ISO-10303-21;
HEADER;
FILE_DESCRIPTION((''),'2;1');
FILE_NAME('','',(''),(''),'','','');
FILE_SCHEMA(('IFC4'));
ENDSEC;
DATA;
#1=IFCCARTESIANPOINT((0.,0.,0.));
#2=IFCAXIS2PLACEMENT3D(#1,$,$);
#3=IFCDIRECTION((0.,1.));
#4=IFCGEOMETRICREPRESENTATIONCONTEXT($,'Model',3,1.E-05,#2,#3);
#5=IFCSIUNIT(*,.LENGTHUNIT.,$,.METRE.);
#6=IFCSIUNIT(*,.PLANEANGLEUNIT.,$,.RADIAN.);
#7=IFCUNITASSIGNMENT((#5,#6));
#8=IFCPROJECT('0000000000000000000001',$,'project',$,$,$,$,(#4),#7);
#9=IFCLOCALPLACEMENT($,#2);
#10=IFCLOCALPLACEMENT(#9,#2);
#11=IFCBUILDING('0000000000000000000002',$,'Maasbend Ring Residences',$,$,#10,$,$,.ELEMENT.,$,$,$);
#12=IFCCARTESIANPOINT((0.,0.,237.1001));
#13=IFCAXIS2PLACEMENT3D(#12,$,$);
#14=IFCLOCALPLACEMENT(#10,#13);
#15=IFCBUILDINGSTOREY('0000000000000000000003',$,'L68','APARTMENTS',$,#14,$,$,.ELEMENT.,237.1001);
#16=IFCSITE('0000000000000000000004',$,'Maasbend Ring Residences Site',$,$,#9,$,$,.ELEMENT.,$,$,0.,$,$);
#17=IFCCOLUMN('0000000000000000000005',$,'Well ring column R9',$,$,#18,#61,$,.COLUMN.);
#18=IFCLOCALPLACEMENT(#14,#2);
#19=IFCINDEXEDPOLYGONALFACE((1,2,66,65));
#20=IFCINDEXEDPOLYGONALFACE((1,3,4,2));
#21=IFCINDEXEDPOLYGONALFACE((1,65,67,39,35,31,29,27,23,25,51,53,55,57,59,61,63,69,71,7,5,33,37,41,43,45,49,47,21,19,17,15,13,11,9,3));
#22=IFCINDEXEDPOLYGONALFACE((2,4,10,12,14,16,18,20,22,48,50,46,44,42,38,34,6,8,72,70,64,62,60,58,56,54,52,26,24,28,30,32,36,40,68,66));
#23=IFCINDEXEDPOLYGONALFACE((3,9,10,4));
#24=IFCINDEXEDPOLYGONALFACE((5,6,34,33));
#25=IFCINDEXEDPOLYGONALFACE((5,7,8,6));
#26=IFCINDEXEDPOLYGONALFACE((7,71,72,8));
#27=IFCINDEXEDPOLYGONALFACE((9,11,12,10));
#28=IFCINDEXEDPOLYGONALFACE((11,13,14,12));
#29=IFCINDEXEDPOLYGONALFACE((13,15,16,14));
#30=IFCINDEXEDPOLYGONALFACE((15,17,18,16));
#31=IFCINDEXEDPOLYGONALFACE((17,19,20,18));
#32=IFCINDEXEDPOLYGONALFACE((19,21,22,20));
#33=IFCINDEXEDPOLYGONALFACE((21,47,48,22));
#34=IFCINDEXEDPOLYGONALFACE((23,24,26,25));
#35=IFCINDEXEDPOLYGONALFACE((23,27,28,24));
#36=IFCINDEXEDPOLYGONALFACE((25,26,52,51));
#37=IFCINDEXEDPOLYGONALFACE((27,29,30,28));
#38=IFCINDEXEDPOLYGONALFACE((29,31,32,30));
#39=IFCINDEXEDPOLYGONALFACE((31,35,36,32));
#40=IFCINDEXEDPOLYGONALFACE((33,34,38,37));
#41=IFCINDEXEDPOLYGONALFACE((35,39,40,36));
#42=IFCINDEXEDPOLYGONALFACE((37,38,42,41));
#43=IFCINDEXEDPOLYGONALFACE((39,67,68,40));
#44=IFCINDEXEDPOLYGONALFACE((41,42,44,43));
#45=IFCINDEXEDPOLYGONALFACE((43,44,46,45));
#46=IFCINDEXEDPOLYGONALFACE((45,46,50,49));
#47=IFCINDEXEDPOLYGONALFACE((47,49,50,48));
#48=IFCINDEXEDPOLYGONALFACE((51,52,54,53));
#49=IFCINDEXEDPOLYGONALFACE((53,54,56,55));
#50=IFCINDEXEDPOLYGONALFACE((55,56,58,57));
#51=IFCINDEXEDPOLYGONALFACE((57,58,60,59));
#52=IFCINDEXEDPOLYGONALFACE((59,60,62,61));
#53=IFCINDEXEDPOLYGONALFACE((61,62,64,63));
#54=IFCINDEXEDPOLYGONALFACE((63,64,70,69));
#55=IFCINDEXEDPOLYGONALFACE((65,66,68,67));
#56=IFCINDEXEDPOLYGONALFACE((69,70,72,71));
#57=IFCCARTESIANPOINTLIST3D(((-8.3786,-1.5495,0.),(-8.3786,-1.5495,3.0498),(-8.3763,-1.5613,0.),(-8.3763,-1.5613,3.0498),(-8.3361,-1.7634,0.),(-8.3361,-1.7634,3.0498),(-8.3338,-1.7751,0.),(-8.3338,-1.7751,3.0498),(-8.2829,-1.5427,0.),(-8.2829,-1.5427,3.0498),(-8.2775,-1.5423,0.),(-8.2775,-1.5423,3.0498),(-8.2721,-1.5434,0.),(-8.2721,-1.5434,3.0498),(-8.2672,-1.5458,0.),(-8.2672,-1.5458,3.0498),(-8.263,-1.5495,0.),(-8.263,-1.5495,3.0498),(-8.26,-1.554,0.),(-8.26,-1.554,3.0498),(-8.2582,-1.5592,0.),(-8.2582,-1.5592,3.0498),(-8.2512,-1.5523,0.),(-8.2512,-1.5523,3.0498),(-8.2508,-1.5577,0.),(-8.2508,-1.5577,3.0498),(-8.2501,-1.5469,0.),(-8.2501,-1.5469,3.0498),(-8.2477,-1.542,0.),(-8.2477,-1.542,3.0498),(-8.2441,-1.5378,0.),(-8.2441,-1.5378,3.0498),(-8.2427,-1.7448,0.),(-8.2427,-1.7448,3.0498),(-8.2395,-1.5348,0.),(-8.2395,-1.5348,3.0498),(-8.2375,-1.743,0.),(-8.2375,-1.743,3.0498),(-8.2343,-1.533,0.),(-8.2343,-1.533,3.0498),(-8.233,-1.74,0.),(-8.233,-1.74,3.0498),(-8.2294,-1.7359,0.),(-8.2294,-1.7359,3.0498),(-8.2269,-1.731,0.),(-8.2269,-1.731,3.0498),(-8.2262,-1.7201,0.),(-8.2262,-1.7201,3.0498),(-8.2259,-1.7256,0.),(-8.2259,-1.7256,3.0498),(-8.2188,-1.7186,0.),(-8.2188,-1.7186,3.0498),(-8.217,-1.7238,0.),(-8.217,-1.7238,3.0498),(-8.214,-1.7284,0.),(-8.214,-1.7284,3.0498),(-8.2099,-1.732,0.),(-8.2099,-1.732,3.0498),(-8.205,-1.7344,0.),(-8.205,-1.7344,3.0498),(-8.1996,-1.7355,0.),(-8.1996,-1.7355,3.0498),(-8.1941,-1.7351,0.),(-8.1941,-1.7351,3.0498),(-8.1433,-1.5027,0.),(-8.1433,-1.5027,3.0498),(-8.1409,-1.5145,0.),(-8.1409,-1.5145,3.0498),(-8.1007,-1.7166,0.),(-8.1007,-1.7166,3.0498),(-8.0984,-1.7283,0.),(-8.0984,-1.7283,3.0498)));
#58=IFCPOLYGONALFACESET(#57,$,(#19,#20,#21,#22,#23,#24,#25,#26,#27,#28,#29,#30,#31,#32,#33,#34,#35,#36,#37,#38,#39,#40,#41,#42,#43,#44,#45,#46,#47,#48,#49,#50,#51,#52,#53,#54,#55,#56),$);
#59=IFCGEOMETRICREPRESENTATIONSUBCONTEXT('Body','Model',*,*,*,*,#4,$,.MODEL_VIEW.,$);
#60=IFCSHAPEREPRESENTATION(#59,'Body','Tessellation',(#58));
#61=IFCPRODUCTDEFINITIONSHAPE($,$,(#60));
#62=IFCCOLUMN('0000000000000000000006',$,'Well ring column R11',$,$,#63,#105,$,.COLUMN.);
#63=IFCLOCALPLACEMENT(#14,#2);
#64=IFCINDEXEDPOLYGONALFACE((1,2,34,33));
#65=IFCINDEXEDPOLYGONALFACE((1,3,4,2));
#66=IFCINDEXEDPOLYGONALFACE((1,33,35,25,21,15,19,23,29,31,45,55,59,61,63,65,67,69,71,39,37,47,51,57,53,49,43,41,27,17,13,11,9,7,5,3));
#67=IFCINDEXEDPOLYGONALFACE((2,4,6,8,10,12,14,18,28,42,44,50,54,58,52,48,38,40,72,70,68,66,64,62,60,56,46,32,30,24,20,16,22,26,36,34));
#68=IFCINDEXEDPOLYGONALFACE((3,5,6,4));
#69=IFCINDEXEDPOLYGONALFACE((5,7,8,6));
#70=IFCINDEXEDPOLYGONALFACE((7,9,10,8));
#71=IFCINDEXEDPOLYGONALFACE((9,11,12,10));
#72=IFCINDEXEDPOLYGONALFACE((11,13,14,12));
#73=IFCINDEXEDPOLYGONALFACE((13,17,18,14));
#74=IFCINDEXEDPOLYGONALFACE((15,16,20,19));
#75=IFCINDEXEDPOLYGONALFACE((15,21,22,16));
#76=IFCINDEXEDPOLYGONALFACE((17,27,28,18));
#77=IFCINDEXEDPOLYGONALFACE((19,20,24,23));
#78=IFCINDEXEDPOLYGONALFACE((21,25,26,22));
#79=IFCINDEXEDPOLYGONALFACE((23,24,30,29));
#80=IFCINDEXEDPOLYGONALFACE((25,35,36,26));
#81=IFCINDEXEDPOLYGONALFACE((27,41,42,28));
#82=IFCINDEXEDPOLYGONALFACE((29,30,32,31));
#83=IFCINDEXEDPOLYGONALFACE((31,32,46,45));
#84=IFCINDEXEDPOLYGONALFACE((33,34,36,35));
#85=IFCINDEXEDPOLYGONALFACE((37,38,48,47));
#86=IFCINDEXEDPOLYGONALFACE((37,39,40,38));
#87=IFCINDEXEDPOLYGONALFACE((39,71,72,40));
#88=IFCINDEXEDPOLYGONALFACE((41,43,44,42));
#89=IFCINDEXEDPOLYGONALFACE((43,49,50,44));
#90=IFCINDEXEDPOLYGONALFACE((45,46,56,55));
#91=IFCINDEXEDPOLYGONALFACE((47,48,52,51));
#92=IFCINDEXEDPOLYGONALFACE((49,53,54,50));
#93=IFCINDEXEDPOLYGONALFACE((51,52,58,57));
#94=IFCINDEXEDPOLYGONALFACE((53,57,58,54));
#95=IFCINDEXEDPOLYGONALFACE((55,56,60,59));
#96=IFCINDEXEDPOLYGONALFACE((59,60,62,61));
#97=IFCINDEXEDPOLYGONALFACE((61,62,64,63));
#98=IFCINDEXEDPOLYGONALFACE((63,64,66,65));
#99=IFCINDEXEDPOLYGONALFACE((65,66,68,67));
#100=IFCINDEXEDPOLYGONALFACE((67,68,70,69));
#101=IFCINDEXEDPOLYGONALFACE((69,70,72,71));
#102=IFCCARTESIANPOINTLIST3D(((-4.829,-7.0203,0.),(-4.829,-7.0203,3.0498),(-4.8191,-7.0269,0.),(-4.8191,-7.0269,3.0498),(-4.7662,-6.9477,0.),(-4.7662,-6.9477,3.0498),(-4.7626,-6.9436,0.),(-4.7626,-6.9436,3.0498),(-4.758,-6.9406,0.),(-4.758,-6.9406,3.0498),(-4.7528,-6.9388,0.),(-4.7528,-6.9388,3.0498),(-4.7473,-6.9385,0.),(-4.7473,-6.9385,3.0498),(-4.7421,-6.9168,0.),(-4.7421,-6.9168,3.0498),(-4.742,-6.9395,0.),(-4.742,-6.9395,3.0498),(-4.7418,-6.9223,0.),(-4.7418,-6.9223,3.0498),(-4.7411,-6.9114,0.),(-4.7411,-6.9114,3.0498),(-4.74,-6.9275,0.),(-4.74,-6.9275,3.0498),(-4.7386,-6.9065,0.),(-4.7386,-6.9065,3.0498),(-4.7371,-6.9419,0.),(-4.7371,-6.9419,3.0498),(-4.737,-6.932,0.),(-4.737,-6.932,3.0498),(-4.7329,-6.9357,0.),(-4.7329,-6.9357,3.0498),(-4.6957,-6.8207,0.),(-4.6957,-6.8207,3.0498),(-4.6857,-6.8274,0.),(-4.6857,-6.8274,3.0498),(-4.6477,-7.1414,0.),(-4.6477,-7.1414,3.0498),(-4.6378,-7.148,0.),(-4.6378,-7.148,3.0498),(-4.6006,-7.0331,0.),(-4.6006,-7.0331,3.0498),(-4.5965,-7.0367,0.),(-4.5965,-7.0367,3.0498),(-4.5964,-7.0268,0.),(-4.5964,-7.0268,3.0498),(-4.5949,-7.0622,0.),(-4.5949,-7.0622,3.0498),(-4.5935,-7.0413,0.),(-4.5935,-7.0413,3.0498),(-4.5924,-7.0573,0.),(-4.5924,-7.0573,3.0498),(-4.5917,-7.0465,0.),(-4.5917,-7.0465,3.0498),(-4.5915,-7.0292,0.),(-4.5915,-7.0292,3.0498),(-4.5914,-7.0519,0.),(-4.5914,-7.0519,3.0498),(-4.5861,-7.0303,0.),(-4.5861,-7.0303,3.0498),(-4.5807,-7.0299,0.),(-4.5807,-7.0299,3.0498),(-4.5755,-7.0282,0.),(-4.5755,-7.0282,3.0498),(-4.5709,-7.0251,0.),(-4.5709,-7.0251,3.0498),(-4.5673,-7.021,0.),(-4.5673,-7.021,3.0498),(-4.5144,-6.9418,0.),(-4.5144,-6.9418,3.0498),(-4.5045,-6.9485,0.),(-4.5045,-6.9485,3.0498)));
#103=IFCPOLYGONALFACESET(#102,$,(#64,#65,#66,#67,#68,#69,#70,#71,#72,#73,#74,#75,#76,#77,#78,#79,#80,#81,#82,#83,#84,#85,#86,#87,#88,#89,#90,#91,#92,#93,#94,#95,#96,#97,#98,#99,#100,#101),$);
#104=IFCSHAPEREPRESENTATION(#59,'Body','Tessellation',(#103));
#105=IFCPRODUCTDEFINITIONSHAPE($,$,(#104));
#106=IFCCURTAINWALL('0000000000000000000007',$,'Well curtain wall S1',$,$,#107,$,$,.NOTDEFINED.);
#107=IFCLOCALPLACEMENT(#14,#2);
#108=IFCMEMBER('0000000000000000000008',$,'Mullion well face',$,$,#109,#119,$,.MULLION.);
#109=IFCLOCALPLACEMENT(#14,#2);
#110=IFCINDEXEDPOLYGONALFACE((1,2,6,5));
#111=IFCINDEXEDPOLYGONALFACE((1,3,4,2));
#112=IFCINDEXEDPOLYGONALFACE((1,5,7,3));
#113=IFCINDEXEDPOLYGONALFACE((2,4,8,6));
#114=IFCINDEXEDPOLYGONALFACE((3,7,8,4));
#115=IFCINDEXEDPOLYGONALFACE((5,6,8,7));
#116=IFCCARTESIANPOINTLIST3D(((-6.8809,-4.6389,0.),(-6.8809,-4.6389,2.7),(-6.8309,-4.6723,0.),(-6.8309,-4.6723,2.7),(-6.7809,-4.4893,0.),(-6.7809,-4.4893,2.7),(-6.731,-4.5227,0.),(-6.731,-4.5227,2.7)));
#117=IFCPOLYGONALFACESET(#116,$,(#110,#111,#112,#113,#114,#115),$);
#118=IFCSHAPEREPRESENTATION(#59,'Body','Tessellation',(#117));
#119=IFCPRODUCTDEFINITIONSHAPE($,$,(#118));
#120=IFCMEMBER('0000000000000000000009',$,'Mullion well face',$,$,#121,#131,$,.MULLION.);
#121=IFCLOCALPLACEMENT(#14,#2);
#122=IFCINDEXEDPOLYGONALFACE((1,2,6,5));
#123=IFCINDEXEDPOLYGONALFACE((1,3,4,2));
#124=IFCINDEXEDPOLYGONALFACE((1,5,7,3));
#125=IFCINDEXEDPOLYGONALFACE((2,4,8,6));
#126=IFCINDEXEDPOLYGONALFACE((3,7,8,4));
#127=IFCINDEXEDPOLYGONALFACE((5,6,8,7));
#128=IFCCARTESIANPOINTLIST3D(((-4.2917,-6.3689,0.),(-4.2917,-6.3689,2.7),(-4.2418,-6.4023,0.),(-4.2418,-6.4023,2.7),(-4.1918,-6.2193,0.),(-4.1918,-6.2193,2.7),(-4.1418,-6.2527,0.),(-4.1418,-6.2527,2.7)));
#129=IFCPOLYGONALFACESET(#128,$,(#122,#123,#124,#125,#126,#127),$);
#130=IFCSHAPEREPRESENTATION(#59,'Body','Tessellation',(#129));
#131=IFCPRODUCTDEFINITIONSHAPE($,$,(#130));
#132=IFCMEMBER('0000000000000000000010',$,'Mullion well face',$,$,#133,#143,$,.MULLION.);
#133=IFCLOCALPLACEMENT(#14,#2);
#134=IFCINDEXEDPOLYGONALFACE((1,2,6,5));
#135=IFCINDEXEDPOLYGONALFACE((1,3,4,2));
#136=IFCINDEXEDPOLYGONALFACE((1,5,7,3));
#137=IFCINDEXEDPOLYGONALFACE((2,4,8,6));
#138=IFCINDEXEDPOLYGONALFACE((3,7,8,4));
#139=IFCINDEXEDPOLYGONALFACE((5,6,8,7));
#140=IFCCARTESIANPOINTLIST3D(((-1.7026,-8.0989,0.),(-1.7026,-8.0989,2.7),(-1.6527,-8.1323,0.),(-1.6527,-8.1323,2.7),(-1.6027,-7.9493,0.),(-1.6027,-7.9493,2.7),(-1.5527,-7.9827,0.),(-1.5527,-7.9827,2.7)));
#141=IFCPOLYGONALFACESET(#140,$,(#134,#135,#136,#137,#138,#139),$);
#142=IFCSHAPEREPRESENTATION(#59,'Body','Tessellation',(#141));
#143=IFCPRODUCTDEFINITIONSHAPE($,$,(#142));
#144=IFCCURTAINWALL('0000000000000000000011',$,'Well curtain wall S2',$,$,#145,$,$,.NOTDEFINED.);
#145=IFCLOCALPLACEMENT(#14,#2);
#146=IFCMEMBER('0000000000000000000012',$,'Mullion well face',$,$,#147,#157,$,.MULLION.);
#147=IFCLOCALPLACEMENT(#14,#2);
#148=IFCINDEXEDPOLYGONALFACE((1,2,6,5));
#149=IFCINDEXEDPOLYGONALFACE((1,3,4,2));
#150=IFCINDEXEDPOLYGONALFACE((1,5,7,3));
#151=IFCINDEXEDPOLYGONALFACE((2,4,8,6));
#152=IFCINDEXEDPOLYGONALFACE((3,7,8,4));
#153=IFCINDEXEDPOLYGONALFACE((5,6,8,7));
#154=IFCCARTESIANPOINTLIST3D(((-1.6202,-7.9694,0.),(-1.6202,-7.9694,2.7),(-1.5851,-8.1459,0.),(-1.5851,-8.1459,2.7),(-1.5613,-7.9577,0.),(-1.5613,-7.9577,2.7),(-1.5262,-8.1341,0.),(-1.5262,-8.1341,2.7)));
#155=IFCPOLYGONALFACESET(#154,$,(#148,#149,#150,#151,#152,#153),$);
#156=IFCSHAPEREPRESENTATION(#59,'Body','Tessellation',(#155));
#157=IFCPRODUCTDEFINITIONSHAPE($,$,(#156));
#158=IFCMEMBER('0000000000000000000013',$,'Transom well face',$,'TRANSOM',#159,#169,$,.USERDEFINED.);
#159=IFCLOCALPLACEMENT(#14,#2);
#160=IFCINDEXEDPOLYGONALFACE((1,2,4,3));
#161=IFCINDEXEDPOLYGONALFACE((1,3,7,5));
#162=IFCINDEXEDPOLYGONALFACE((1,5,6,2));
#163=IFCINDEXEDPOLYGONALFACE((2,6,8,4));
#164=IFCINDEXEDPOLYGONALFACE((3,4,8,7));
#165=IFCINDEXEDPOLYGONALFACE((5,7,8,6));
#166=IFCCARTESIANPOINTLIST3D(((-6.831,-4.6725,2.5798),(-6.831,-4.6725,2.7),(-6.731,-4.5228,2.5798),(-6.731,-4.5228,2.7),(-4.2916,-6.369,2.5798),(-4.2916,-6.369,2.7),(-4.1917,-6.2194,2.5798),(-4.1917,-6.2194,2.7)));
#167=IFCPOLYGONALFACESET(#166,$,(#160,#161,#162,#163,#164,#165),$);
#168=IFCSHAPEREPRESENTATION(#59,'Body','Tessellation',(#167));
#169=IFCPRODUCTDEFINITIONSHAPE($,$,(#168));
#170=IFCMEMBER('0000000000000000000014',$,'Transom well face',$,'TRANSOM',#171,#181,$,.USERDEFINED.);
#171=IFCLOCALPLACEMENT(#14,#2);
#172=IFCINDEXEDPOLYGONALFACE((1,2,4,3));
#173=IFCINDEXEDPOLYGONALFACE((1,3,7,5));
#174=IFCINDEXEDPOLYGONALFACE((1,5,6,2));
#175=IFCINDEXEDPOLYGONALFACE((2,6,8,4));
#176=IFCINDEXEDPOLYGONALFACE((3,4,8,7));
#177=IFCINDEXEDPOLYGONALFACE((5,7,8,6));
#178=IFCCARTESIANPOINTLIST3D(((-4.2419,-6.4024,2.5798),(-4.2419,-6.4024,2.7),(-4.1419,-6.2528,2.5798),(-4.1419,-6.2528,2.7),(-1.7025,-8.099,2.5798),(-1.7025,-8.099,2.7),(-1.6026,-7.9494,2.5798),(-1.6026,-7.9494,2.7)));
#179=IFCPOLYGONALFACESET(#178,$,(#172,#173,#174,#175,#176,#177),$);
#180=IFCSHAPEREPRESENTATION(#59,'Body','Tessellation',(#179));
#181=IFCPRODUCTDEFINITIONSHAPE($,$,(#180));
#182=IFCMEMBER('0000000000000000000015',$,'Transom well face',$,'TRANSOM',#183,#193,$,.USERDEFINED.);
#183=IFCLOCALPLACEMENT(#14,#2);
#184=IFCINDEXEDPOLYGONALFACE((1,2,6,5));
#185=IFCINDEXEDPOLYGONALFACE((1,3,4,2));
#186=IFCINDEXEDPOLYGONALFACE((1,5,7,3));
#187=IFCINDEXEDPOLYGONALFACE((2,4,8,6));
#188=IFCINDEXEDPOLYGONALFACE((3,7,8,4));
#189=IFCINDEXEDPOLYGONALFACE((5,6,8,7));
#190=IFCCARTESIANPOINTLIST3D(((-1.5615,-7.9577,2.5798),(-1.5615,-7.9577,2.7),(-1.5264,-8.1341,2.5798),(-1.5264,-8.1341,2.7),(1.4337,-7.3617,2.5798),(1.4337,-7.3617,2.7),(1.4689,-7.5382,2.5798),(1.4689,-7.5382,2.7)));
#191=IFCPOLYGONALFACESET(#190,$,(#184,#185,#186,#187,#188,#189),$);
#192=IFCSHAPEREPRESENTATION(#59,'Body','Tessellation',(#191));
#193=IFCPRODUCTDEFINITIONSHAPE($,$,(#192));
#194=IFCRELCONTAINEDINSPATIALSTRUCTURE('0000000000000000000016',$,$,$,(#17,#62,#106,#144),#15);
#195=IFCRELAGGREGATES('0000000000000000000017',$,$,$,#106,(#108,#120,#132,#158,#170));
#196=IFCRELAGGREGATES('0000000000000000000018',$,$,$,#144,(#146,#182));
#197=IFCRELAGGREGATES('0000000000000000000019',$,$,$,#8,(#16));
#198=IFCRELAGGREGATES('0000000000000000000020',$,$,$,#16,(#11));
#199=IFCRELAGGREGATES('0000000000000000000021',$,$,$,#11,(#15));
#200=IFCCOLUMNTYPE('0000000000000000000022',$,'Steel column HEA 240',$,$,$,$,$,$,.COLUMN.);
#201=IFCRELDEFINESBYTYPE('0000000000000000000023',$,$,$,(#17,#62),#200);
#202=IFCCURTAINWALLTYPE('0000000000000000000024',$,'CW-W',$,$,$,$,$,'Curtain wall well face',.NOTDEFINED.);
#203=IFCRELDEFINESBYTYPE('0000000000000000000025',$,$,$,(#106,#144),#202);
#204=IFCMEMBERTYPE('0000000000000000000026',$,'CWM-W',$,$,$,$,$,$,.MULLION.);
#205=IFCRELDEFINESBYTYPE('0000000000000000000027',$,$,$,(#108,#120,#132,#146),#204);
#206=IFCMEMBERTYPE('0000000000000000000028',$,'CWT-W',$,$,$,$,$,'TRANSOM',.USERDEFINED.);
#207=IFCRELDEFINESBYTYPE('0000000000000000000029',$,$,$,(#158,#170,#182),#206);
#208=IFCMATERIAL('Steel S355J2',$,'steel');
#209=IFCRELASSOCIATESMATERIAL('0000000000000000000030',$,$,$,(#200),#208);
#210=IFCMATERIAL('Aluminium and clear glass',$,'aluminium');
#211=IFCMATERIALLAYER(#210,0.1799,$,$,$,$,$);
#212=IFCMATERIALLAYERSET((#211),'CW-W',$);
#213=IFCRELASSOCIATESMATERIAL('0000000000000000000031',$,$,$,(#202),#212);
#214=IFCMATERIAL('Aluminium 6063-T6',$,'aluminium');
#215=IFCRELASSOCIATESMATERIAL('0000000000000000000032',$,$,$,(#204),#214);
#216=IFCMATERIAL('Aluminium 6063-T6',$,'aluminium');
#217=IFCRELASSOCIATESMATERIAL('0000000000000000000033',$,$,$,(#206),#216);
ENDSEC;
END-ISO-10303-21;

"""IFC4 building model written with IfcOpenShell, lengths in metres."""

from ifc_helpers import new_model, si_unit, direction, frame, origin, origin_2d, place, context, subcontext, project, spatial, rectangle, i_section, extrude, material, layer, layer_set, material_profile, profile_set, type_object, element, aggregate, save


model = new_model("IFC4")

# Units and contexts
model_context = context("Model", 3, precision=1e-05, world=origin(), true_north=direction((0.0, 1.0)))
body_context = subcontext(model_context, "Body", "Model", "MODEL_VIEW")
ifc_project = project(units=[si_unit("LENGTHUNIT", "METRE"), si_unit("PLANEANGLEUNIT", "RADIAN")], contexts=[model_context])

# Site, building, storey
site_placement = place(None, origin())
site = spatial("IfcSite", under=ifc_project, at=site_placement, Name="Maasbend Ring Residences Site", CompositionType="ELEMENT", RefElevation=0.0)
building_placement = place(site_placement, origin())
building = spatial("IfcBuilding", under=site, at=building_placement, Name="Maasbend Ring Residences", CompositionType="ELEMENT")
storey_placement = place(building_placement, frame((0.0, 0.0, 237.1001)))
storey = spatial("IfcBuildingStorey", under=building, at=storey_placement, Name="L68", Description="APARTMENTS", CompositionType="ELEMENT", Elevation=237.1001)

# Columns
ifc_material_1 = material(Name="Steel S355J2", Category="steel")
ifc_material_profile_1 = material_profile(ifc_material_1, i_section(OverallWidth=0.24, OverallDepth=0.23, WebThickness=0.0076, FlangeThickness=0.012, FilletRadius=0.021, at=origin_2d()), Name="HEA 240")
ifc_profile_set_1 = profile_set([ifc_material_profile_1], Name="Steel S355J2")
column_type = type_object("IfcColumnType", Name="Steel column HEA 240", PredefinedType="COLUMN", material=ifc_profile_set_1)
for number, where, z_axis, x_axis, name in (
    (1, (-8.2385, -1.6389, 0.0), (0.0, 0.0, 1.0), (-0.980785, -0.19509, 0.0), "Well ring column R9"),
    (2, (-4.6667, -6.9844, 0.0), (0.0, 0.0, 1.0), (-0.55557, -0.83147, 0.0), "Well ring column R11"),
):
    element("IfcColumn", number, at=place(storey_placement, frame(where, z_axis=z_axis, x_axis=x_axis)), inside=storey, type_object=column_type, Name=name, PredefinedType="COLUMN", context=body_context, shape_type="SweptSolid", body=[
        extrude(i_section(OverallWidth=0.24, OverallDepth=0.23, WebThickness=0.0076, FlangeThickness=0.012, FilletRadius=0.021, at=origin_2d()), origin(), (0.0, 0.0, 1.0), 3.0498),
    ])

# Curtain wall, members
ifc_material_2 = material(Name="Aluminium and clear glass", Category="aluminium")
ifc_layer_1 = layer(ifc_material_2, 0.1799)
ifc_layer_set_1 = layer_set([ifc_layer_1], Name="CW-W")
curtain_wall_type = type_object("IfcCurtainWallType", Name="CW-W", ElementType="Curtain wall well face", PredefinedType="NOTDEFINED", material=ifc_layer_set_1)
curtain_wall_1_placement = place(storey_placement, origin())
curtain_wall_1 = element("IfcCurtainWall", 3, at=curtain_wall_1_placement, inside=storey, type_object=curtain_wall_type, Name="Well curtain wall S1", PredefinedType="NOTDEFINED")
ifc_material_3 = material(Name="Aluminium 6063-T6", Category="aluminium")
ifc_material_profile_2 = material_profile(ifc_material_3, rectangle(XDim=0.1799, YDim=0.0601, at=origin_2d()), Name="AL 180x60")
ifc_profile_set_2 = profile_set([ifc_material_profile_2], Name="Aluminium 6063-T6")
member_type_1 = type_object("IfcMemberType", Name="CWM-W", PredefinedType="MULLION", material=ifc_profile_set_2)
member_1_placement = place(storey_placement, frame((-6.8059, -4.5808, 0.0), z_axis=(0.0, 0.0, 1.0), x_axis=(0.55557, 0.83147, 0.0)))
member_1 = element("IfcMember", 4, at=member_1_placement, type_object=member_type_1, Name="Mullion well face", PredefinedType="MULLION", context=body_context, shape_type="SweptSolid", body=[
    extrude(rectangle(XDim=0.1799, YDim=0.0601, at=origin_2d()), origin(), (0.0, 0.0, 1.0), 2.7),
])
member_2_placement = place(storey_placement, frame((-4.2168, -6.3108, 0.0), z_axis=(0.0, 0.0, 1.0), x_axis=(0.55557, 0.83147, 0.0)))
member_2 = element("IfcMember", 5, at=member_2_placement, type_object=member_type_1, Name="Mullion well face", PredefinedType="MULLION", context=body_context, shape_type="SweptSolid", body=[
    extrude(rectangle(XDim=0.1799, YDim=0.0601, at=origin_2d()), origin(), (0.0, 0.0, 1.0), 2.7),
])
member_3_placement = place(storey_placement, frame((-1.6277, -8.0408, 0.0), z_axis=(0.0, 0.0, 1.0), x_axis=(0.55557, 0.83147, 0.0)))
member_3 = element("IfcMember", 6, at=member_3_placement, type_object=member_type_1, Name="Mullion well face", PredefinedType="MULLION", context=body_context, shape_type="SweptSolid", body=[
    extrude(rectangle(XDim=0.1799, YDim=0.0601, at=origin_2d()), origin(), (0.0, 0.0, 1.0), 2.7),
])

# Curtain wall, member
curtain_wall_2_placement = place(storey_placement, origin())
curtain_wall_2 = element("IfcCurtainWall", 7, at=curtain_wall_2_placement, inside=storey, type_object=curtain_wall_type, Name="Well curtain wall S2", PredefinedType="NOTDEFINED")
member_4_placement = place(storey_placement, frame((-1.5732, -8.0518, 0.0), z_axis=(0.0, 0.0, 1.0), x_axis=(-0.19509, 0.980785, 0.0)))
member_4 = element("IfcMember", 8, at=member_4_placement, type_object=member_type_1, Name="Mullion well face", PredefinedType="MULLION", context=body_context, shape_type="SweptSolid", body=[
    extrude(rectangle(XDim=0.1799, YDim=0.0601, at=origin_2d()), origin(), (0.0, 0.0, 1.0), 2.7),
])

# Members
ifc_material_4 = material(Name="Aluminium 6063-T6", Category="aluminium")
ifc_material_profile_3 = material_profile(ifc_material_4, rectangle(XDim=0.1799, YDim=0.1201, at=origin_2d()), Name="AL 180x120")
ifc_profile_set_3 = profile_set([ifc_material_profile_3], Name="Aluminium 6063-T6")
member_type_2 = type_object("IfcMemberType", Name="CWT-W", ElementType="TRANSOM", PredefinedType="USERDEFINED", material=ifc_profile_set_3)
member_5_placement = place(storey_placement, frame((-6.781, -4.5977, 2.6399), z_axis=(0.831496, -0.55553, 0.0), x_axis=(0.55553, 0.831496, 0.0)))
member_5 = element("IfcMember", 9, at=member_5_placement, type_object=member_type_2, Name="Transom well face", ObjectType="TRANSOM", PredefinedType="USERDEFINED", context=body_context, shape_type="SweptSolid", body=[
    extrude(rectangle(XDim=0.1799, YDim=0.1201, at=origin_2d()), origin(), (0.0, 0.0, 1.0), 3.054),
])
member_6_placement = place(storey_placement, frame((-4.1919, -6.3276, 2.6399), z_axis=(0.831496, -0.55553, 0.0), x_axis=(0.55553, 0.831496, 0.0)))
member_6 = element("IfcMember", 10, at=member_6_placement, type_object=member_type_2, Name="Transom well face", ObjectType="TRANSOM", PredefinedType="USERDEFINED", context=body_context, shape_type="SweptSolid", body=[
    extrude(rectangle(XDim=0.1799, YDim=0.1201, at=origin_2d()), origin(), (0.0, 0.0, 1.0), 3.054),
])
member_7_placement = place(storey_placement, frame((-1.5439, -8.0459, 2.6399), z_axis=(0.980777, 0.195132, 0.0), x_axis=(-0.195132, 0.980777, 0.0)))
member_7 = element("IfcMember", 11, at=member_7_placement, type_object=member_type_2, Name="Transom well face", ObjectType="TRANSOM", PredefinedType="USERDEFINED", context=body_context, shape_type="SweptSolid", body=[
    extrude(rectangle(XDim=0.1799, YDim=0.1201, at=origin_2d()), origin(), (0.0, 0.0, 1.0), 3.054),
])

aggregate(curtain_wall_1, [member_1, member_2, member_3, member_5, member_6])
aggregate(curtain_wall_2, [member_4, member_7])

save(model, "model.ifc")
